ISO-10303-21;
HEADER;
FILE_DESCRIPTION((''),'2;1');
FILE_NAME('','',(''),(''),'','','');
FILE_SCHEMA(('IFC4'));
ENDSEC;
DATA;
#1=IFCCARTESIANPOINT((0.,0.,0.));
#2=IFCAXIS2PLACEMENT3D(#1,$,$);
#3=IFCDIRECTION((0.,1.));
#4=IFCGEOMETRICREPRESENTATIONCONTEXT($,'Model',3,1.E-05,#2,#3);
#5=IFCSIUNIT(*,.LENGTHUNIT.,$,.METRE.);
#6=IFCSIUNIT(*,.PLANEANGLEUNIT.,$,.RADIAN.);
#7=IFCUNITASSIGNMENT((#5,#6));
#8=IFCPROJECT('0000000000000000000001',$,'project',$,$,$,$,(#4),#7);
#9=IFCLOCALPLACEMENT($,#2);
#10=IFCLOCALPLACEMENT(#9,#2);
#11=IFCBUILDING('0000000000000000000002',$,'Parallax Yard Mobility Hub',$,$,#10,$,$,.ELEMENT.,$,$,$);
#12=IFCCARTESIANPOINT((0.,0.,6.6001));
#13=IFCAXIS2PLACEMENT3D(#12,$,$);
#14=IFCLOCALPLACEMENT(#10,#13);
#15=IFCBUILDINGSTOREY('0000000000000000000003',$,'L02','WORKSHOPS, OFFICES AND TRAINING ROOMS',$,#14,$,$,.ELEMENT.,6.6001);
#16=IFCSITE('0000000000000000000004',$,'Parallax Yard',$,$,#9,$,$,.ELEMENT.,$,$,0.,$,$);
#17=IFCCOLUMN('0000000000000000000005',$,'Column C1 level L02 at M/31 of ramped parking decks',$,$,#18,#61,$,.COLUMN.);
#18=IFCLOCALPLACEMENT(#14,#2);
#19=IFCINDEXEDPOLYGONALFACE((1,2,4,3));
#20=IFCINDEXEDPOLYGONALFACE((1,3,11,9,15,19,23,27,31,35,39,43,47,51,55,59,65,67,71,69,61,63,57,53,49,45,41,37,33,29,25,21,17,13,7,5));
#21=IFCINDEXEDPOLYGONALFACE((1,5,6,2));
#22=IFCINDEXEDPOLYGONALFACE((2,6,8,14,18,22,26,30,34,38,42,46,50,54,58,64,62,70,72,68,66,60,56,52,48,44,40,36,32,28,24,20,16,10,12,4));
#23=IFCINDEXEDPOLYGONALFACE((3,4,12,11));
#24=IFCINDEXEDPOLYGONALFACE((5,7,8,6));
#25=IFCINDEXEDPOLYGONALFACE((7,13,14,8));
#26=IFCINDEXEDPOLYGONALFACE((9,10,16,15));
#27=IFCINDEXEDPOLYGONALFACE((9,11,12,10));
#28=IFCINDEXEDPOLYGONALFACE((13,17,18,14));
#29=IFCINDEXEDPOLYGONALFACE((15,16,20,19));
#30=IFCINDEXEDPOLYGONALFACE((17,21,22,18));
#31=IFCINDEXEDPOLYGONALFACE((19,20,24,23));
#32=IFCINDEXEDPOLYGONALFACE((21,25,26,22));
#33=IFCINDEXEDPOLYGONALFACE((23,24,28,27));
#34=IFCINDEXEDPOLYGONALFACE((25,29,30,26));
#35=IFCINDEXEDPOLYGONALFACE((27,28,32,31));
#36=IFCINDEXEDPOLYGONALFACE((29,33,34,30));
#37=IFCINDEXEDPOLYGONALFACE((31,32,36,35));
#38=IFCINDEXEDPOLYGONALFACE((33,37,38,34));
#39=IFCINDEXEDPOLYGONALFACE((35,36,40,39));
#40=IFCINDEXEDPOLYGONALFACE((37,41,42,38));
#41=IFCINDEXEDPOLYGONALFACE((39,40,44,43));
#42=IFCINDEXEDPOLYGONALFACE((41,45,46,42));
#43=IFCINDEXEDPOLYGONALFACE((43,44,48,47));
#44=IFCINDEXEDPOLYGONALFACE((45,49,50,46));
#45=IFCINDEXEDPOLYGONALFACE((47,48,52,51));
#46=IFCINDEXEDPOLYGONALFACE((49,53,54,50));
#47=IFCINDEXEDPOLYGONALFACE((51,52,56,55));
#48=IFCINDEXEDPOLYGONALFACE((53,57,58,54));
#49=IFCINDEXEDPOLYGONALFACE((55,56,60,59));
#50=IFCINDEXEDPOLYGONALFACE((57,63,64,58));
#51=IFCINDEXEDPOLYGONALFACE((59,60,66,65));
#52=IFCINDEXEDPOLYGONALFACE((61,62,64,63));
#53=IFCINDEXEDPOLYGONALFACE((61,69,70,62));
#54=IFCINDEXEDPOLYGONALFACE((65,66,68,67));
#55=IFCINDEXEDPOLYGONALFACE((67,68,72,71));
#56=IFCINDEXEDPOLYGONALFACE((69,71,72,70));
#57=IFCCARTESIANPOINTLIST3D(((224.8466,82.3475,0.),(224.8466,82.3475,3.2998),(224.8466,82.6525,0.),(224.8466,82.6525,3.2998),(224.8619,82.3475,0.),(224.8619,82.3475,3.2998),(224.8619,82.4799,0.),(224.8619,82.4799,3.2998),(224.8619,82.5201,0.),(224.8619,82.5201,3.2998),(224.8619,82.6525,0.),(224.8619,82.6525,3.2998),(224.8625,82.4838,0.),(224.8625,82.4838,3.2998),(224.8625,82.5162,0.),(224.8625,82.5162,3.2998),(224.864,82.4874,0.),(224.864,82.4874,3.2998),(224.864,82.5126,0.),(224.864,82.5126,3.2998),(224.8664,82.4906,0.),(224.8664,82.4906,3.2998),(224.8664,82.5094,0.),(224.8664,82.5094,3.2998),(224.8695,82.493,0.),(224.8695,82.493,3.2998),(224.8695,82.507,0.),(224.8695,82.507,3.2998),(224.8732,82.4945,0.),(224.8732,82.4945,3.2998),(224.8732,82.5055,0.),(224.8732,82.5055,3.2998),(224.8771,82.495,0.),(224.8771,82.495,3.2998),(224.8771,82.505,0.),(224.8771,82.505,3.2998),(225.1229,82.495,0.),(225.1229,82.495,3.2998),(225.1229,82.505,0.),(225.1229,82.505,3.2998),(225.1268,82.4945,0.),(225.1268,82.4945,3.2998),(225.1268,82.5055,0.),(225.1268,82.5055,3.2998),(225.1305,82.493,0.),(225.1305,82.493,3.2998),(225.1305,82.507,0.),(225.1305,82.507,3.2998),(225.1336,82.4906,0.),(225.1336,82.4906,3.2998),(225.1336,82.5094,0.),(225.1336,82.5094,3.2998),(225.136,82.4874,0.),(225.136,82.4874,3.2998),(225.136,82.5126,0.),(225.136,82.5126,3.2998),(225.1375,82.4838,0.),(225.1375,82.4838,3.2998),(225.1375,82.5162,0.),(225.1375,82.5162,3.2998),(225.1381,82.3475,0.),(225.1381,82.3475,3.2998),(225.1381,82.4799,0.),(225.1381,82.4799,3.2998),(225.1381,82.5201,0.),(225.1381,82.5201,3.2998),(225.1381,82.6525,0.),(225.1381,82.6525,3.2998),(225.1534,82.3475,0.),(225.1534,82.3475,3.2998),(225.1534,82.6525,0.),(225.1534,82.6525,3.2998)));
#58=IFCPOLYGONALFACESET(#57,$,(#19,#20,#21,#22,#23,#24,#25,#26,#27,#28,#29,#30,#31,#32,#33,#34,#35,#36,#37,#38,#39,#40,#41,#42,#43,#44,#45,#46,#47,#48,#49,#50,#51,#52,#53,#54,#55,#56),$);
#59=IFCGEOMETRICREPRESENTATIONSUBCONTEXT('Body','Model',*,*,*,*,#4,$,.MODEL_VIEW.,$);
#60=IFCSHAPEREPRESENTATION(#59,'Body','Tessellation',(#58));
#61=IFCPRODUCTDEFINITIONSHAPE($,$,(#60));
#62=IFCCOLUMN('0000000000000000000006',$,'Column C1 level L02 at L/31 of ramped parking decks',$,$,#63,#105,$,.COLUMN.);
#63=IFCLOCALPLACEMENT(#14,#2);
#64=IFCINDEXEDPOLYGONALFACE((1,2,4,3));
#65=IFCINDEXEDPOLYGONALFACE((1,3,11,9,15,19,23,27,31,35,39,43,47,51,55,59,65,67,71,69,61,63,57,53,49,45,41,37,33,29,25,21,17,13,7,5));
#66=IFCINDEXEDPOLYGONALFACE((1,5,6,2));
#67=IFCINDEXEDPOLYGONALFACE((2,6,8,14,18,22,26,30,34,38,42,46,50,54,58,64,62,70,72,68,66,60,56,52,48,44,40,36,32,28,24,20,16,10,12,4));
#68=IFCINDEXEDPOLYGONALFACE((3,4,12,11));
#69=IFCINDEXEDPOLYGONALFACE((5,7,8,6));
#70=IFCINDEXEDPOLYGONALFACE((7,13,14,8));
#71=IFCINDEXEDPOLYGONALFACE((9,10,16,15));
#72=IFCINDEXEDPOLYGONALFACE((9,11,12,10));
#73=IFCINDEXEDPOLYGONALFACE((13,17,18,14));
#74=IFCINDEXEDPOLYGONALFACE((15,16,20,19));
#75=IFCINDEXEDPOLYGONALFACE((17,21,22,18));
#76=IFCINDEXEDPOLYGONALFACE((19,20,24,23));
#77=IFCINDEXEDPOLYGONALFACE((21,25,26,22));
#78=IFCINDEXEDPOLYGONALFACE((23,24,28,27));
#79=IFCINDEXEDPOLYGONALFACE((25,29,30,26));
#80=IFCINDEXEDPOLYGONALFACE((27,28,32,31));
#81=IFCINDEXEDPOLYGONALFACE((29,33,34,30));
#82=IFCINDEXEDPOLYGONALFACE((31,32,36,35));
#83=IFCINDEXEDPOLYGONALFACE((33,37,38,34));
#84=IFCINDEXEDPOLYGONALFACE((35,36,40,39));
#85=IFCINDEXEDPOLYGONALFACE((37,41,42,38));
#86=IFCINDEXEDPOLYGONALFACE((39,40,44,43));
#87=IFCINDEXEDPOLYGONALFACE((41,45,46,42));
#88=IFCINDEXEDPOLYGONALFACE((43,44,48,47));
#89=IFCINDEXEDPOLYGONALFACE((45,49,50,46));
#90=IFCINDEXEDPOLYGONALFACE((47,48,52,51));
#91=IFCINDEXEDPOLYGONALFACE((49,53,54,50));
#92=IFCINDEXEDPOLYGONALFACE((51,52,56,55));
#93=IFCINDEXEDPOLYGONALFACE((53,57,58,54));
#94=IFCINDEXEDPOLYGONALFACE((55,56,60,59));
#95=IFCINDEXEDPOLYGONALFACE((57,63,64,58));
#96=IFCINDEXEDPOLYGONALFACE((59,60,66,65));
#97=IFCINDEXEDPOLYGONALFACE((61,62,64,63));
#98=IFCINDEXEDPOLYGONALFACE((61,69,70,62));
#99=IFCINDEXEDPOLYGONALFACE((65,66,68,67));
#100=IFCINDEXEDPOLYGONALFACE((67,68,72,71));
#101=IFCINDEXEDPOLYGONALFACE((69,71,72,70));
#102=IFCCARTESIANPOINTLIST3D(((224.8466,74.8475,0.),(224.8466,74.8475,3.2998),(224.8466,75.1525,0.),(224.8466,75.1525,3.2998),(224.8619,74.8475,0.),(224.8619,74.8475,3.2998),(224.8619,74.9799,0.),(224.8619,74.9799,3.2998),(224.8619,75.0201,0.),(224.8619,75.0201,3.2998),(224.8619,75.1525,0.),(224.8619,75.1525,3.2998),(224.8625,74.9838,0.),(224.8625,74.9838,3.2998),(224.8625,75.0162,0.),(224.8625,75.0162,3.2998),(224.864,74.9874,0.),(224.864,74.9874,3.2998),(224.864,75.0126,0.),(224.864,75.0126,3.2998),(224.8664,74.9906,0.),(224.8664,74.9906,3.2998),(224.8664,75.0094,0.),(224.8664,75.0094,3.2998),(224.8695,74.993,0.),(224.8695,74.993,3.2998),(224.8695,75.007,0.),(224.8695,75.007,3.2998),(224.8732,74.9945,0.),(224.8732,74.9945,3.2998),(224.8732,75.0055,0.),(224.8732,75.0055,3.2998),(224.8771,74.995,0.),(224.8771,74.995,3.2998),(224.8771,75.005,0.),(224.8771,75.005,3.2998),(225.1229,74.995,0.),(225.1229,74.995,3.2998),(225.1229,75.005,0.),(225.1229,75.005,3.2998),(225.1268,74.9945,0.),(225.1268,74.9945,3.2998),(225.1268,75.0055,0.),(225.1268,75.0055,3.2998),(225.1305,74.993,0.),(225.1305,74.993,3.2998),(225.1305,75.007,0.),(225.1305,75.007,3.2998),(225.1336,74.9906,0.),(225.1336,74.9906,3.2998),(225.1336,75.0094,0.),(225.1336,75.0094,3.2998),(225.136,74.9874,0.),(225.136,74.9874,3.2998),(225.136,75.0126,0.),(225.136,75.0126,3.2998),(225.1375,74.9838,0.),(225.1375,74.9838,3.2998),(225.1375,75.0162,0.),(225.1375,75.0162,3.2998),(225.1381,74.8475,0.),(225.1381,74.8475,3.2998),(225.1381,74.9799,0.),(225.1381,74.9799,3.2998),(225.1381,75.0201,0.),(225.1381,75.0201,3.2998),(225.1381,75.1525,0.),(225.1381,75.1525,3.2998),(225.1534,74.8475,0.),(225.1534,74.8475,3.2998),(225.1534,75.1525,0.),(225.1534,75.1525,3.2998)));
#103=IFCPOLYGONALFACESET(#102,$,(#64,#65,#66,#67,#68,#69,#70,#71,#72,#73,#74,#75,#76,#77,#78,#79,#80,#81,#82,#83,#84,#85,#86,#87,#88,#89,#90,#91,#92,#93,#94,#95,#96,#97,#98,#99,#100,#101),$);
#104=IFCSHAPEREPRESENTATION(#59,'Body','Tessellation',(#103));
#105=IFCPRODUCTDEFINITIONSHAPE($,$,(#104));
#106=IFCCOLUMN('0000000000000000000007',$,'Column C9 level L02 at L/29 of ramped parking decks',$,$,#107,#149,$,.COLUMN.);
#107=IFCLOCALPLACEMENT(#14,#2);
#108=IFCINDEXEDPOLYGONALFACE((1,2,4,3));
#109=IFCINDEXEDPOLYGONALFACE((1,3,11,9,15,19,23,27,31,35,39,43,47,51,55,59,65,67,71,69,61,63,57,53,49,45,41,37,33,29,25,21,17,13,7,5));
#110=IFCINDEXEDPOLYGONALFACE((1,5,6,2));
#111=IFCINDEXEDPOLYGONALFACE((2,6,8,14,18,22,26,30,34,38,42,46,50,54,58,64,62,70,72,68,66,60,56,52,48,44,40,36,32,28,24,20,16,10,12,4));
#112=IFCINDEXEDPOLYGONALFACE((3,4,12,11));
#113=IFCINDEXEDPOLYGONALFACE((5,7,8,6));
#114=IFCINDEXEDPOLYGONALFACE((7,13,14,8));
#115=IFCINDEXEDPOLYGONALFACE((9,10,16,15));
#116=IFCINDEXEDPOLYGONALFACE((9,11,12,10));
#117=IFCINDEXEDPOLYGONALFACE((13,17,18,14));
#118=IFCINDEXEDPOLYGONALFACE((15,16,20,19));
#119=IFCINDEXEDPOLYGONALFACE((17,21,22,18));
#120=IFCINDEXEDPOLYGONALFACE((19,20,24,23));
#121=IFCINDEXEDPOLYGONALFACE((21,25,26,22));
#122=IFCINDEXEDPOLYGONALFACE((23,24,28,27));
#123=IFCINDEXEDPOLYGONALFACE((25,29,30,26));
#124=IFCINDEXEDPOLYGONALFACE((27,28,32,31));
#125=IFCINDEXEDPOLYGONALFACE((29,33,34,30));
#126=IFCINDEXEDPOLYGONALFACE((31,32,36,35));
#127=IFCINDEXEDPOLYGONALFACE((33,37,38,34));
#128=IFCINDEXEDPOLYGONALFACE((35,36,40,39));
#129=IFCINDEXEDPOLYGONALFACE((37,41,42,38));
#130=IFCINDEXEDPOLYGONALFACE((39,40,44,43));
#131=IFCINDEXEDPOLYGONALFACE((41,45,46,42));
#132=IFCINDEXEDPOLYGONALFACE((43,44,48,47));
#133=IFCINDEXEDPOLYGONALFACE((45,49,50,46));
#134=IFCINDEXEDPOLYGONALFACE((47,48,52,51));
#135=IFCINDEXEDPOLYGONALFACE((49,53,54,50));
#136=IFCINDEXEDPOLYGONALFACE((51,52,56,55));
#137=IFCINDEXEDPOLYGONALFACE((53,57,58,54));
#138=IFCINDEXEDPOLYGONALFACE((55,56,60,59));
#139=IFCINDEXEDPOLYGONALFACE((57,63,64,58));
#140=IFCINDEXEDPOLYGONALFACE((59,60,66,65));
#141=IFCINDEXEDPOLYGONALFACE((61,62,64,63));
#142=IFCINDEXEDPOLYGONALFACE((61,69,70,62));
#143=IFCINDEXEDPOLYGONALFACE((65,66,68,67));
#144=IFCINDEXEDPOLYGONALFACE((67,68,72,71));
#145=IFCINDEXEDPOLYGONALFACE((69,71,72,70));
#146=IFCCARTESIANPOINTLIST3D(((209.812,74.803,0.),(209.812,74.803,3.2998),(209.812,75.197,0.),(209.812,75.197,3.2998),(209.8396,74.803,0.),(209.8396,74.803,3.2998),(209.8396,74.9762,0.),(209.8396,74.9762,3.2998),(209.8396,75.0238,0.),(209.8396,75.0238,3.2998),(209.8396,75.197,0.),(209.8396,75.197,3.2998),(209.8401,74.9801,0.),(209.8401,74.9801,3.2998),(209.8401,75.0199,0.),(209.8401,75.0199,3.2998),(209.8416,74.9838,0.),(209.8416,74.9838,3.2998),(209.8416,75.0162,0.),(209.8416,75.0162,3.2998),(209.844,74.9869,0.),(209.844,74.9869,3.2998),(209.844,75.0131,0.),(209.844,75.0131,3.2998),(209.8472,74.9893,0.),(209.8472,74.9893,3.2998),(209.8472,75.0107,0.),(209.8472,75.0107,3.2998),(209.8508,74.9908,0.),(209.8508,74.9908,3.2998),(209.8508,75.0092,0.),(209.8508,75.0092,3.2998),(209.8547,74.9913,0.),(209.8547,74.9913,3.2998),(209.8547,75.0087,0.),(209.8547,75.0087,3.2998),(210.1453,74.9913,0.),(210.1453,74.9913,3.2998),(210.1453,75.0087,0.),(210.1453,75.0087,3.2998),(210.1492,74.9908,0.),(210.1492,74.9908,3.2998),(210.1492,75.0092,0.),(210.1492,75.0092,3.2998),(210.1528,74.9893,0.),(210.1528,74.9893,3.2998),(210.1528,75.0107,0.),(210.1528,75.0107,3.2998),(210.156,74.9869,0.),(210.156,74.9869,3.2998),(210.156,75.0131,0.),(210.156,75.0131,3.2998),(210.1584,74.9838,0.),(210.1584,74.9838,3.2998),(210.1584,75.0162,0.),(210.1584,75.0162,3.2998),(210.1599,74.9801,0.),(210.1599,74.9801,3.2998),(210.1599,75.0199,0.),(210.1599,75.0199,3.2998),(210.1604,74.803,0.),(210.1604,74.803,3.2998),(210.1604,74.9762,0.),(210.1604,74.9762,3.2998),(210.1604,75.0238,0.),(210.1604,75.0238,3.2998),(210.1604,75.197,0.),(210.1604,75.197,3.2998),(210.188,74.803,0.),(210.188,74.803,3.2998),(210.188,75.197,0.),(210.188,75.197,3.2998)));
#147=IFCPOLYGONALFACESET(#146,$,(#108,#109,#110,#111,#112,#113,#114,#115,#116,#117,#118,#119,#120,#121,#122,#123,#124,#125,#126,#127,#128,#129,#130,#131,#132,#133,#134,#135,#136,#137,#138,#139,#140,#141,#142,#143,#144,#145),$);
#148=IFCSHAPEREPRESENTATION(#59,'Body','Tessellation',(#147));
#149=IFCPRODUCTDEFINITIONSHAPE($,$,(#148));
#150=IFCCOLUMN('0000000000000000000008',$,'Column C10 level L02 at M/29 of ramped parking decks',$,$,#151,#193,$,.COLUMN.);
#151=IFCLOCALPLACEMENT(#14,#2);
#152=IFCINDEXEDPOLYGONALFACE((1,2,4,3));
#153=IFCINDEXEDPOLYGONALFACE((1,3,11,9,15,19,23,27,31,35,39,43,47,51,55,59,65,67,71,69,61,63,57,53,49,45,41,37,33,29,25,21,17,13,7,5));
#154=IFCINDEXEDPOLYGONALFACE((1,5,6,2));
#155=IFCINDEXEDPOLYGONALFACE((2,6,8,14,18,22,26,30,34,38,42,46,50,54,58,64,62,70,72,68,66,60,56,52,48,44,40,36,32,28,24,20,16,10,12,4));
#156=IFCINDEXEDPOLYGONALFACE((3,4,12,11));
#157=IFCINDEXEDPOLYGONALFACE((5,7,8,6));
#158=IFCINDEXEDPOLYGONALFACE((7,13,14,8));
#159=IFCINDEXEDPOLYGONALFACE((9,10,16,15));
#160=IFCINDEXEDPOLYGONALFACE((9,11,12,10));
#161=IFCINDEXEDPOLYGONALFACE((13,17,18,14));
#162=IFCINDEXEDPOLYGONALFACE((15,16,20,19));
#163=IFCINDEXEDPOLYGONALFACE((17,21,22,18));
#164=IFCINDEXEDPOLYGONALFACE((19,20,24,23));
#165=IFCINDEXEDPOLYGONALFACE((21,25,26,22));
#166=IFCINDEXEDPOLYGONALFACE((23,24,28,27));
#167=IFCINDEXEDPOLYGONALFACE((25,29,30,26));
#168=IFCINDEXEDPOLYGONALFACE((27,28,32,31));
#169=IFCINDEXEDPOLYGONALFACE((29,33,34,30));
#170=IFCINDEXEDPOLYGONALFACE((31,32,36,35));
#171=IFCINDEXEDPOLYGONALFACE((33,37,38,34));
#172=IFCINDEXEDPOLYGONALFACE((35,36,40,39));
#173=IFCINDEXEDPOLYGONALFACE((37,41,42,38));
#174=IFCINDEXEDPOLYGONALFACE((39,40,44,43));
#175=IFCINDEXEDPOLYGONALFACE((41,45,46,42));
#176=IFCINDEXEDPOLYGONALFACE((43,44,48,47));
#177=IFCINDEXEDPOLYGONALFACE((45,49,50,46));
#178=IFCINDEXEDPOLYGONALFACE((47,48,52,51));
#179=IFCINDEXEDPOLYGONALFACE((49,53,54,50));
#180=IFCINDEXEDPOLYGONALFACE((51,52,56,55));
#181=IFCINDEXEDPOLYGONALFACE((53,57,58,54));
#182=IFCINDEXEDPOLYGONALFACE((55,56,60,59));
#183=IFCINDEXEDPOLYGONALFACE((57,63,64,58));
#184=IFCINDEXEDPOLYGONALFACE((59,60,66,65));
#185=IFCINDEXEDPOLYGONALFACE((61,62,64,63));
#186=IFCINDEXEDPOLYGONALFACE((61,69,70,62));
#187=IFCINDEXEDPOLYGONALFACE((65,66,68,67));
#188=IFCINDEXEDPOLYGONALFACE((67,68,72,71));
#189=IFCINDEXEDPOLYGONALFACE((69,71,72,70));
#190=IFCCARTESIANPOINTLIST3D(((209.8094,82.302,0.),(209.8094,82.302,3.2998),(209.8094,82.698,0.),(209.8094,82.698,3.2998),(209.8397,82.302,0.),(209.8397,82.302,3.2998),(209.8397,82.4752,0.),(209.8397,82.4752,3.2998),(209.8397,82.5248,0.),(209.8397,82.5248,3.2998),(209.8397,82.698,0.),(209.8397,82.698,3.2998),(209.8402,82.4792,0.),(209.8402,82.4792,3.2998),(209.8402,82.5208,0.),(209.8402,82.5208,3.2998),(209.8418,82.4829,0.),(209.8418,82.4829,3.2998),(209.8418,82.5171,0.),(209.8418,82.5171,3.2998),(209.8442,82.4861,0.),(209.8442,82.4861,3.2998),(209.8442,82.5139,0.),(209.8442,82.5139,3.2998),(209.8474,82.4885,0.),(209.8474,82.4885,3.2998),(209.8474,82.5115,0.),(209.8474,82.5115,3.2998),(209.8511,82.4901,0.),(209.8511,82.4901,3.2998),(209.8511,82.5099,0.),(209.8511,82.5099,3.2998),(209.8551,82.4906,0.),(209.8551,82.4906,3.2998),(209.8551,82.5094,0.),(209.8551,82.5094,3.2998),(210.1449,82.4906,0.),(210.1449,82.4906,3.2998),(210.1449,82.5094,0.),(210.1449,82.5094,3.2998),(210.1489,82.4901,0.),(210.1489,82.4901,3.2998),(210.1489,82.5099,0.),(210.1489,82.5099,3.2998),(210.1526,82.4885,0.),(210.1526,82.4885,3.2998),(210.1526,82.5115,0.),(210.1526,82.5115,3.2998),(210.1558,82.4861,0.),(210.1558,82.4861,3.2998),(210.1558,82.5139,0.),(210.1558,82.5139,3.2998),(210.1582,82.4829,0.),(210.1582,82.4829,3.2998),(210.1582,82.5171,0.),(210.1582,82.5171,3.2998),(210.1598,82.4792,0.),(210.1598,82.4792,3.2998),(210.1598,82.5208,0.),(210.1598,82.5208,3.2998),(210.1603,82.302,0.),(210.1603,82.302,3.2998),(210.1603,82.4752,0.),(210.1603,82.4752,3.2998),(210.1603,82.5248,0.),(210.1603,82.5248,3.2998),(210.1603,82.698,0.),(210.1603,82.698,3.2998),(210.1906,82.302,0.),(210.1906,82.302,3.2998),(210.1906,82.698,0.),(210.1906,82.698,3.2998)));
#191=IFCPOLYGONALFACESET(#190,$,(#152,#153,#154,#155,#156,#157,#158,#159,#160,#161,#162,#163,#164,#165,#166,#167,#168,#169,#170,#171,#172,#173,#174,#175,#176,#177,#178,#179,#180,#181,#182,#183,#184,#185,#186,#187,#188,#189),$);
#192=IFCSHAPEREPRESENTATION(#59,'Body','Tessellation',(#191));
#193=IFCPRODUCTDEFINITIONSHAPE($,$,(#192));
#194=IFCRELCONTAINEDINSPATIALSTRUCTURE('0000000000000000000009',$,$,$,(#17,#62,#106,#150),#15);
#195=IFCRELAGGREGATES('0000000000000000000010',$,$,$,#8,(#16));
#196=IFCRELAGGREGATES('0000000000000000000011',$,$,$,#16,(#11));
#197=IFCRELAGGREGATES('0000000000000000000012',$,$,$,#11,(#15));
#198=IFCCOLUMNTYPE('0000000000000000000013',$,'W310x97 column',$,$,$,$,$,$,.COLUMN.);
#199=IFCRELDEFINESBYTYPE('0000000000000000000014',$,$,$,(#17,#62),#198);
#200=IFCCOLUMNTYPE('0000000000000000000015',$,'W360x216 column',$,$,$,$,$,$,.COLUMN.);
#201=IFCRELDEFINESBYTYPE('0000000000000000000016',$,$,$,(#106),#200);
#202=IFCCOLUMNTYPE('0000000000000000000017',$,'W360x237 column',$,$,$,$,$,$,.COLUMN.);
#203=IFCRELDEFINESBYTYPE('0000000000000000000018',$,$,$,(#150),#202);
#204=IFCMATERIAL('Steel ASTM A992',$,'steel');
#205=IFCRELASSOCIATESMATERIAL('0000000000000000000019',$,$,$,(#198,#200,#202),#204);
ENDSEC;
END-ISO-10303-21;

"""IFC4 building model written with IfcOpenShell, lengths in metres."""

from ifc_helpers import new_model, si_unit, direction, frame, origin, origin_2d, place, context, subcontext, project, spatial, i_section, extrude, material, material_profile, profile_set, type_object, element, save


model = new_model("IFC4")

# Units and contexts
model_context = context("Model", 3, precision=1e-05, world=origin(), true_north=direction((0.0, 1.0)))
body_context = subcontext(model_context, "Body", "Model", "MODEL_VIEW")
ifc_project = project(units=[si_unit("LENGTHUNIT", "METRE"), si_unit("PLANEANGLEUNIT", "RADIAN")], contexts=[model_context])

# Site, building, storey
site_placement = place(None, origin())
site = spatial("IfcSite", under=ifc_project, at=site_placement, Name="Parallax Yard", CompositionType="ELEMENT", RefElevation=0.0)
building_placement = place(site_placement, origin())
building = spatial("IfcBuilding", under=site, at=building_placement, Name="Parallax Yard Mobility Hub", CompositionType="ELEMENT")
storey_placement = place(building_placement, frame((0.0, 0.0, 6.6001)))
storey = spatial("IfcBuildingStorey", under=building, at=storey_placement, Name="L02", Description="WORKSHOPS, OFFICES AND TRAINING ROOMS", CompositionType="ELEMENT", Elevation=6.6001)

# Columns
ifc_material_1 = material(Name="Steel ASTM A992", Category="steel")
ifc_material_profile_1 = material_profile(ifc_material_1, i_section(OverallWidth=0.3049, OverallDepth=0.3069, WebThickness=0.01, FlangeThickness=0.0154, FilletRadius=0.0151, at=origin_2d()), Name="W310x97")
ifc_profile_set_1 = profile_set([ifc_material_profile_1], Name="Steel ASTM A992")
column_type_1 = type_object("IfcColumnType", Name="W310x97 column", PredefinedType="COLUMN", material=ifc_profile_set_1)
for number, where, z_axis, x_axis, name in (
    (1, (225.0, 82.5, 0.0), (0.0, 0.0, 1.0), (0.0, 1.0, 0.0), "Column C1 level L02 at M/31 of ramped parking decks"),
    (2, (225.0, 75.0, 0.0), (0.0, 0.0, 1.0), (0.0, 1.0, 0.0), "Column C1 level L02 at L/31 of ramped parking decks"),
):
    element("IfcColumn", number, at=place(storey_placement, frame(where, z_axis=z_axis, x_axis=x_axis)), inside=storey, type_object=column_type_1, Name=name, PredefinedType="COLUMN", context=body_context, shape_type="SweptSolid", body=[
        extrude(i_section(OverallWidth=0.3049, OverallDepth=0.3069, WebThickness=0.01, FlangeThickness=0.0154, FilletRadius=0.0151, at=origin_2d()), origin(), (0.0, 0.0, 1.0), 3.2998),
    ])
ifc_material_profile_2 = material_profile(ifc_material_1, i_section(OverallWidth=0.394, OverallDepth=0.376, WebThickness=0.0173, FlangeThickness=0.0276, FilletRadius=0.0151, at=origin_2d()), Name="W360x216")
ifc_profile_set_2 = profile_set([ifc_material_profile_2], Name="Steel ASTM A992")
column_type_2 = type_object("IfcColumnType", Name="W360x216 column", PredefinedType="COLUMN", material=ifc_profile_set_2)
column_1_placement = place(storey_placement, frame((210.0, 75.0, 0.0), z_axis=(0.0, 0.0, 1.0), x_axis=(0.0, 1.0, 0.0)))
element("IfcColumn", 3, at=column_1_placement, inside=storey, type_object=column_type_2, Name="Column C9 level L02 at L/29 of ramped parking decks", PredefinedType="COLUMN", context=body_context, shape_type="SweptSolid", body=[
    extrude(i_section(OverallWidth=0.394, OverallDepth=0.376, WebThickness=0.0173, FlangeThickness=0.0276, FilletRadius=0.0151, at=origin_2d()), origin(), (0.0, 0.0, 1.0), 3.2998),
])
ifc_material_profile_3 = material_profile(ifc_material_1, i_section(OverallWidth=0.396, OverallDepth=0.3811, WebThickness=0.0188, FlangeThickness=0.0303, FilletRadius=0.0154, at=origin_2d()), Name="W360x237")
ifc_profile_set_3 = profile_set([ifc_material_profile_3], Name="Steel ASTM A992")
column_type_3 = type_object("IfcColumnType", Name="W360x237 column", PredefinedType="COLUMN", material=ifc_profile_set_3)
column_2_placement = place(storey_placement, frame((210.0, 82.5, 0.0), z_axis=(0.0, 0.0, 1.0), x_axis=(0.0, 1.0, 0.0)))
element("IfcColumn", 4, at=column_2_placement, inside=storey, type_object=column_type_3, Name="Column C10 level L02 at M/29 of ramped parking decks", PredefinedType="COLUMN", context=body_context, shape_type="SweptSolid", body=[
    extrude(i_section(OverallWidth=0.396, OverallDepth=0.3811, WebThickness=0.0188, FlangeThickness=0.0303, FilletRadius=0.0154, at=origin_2d()), origin(), (0.0, 0.0, 1.0), 3.2998),
])

save(model, "model.ifc")
